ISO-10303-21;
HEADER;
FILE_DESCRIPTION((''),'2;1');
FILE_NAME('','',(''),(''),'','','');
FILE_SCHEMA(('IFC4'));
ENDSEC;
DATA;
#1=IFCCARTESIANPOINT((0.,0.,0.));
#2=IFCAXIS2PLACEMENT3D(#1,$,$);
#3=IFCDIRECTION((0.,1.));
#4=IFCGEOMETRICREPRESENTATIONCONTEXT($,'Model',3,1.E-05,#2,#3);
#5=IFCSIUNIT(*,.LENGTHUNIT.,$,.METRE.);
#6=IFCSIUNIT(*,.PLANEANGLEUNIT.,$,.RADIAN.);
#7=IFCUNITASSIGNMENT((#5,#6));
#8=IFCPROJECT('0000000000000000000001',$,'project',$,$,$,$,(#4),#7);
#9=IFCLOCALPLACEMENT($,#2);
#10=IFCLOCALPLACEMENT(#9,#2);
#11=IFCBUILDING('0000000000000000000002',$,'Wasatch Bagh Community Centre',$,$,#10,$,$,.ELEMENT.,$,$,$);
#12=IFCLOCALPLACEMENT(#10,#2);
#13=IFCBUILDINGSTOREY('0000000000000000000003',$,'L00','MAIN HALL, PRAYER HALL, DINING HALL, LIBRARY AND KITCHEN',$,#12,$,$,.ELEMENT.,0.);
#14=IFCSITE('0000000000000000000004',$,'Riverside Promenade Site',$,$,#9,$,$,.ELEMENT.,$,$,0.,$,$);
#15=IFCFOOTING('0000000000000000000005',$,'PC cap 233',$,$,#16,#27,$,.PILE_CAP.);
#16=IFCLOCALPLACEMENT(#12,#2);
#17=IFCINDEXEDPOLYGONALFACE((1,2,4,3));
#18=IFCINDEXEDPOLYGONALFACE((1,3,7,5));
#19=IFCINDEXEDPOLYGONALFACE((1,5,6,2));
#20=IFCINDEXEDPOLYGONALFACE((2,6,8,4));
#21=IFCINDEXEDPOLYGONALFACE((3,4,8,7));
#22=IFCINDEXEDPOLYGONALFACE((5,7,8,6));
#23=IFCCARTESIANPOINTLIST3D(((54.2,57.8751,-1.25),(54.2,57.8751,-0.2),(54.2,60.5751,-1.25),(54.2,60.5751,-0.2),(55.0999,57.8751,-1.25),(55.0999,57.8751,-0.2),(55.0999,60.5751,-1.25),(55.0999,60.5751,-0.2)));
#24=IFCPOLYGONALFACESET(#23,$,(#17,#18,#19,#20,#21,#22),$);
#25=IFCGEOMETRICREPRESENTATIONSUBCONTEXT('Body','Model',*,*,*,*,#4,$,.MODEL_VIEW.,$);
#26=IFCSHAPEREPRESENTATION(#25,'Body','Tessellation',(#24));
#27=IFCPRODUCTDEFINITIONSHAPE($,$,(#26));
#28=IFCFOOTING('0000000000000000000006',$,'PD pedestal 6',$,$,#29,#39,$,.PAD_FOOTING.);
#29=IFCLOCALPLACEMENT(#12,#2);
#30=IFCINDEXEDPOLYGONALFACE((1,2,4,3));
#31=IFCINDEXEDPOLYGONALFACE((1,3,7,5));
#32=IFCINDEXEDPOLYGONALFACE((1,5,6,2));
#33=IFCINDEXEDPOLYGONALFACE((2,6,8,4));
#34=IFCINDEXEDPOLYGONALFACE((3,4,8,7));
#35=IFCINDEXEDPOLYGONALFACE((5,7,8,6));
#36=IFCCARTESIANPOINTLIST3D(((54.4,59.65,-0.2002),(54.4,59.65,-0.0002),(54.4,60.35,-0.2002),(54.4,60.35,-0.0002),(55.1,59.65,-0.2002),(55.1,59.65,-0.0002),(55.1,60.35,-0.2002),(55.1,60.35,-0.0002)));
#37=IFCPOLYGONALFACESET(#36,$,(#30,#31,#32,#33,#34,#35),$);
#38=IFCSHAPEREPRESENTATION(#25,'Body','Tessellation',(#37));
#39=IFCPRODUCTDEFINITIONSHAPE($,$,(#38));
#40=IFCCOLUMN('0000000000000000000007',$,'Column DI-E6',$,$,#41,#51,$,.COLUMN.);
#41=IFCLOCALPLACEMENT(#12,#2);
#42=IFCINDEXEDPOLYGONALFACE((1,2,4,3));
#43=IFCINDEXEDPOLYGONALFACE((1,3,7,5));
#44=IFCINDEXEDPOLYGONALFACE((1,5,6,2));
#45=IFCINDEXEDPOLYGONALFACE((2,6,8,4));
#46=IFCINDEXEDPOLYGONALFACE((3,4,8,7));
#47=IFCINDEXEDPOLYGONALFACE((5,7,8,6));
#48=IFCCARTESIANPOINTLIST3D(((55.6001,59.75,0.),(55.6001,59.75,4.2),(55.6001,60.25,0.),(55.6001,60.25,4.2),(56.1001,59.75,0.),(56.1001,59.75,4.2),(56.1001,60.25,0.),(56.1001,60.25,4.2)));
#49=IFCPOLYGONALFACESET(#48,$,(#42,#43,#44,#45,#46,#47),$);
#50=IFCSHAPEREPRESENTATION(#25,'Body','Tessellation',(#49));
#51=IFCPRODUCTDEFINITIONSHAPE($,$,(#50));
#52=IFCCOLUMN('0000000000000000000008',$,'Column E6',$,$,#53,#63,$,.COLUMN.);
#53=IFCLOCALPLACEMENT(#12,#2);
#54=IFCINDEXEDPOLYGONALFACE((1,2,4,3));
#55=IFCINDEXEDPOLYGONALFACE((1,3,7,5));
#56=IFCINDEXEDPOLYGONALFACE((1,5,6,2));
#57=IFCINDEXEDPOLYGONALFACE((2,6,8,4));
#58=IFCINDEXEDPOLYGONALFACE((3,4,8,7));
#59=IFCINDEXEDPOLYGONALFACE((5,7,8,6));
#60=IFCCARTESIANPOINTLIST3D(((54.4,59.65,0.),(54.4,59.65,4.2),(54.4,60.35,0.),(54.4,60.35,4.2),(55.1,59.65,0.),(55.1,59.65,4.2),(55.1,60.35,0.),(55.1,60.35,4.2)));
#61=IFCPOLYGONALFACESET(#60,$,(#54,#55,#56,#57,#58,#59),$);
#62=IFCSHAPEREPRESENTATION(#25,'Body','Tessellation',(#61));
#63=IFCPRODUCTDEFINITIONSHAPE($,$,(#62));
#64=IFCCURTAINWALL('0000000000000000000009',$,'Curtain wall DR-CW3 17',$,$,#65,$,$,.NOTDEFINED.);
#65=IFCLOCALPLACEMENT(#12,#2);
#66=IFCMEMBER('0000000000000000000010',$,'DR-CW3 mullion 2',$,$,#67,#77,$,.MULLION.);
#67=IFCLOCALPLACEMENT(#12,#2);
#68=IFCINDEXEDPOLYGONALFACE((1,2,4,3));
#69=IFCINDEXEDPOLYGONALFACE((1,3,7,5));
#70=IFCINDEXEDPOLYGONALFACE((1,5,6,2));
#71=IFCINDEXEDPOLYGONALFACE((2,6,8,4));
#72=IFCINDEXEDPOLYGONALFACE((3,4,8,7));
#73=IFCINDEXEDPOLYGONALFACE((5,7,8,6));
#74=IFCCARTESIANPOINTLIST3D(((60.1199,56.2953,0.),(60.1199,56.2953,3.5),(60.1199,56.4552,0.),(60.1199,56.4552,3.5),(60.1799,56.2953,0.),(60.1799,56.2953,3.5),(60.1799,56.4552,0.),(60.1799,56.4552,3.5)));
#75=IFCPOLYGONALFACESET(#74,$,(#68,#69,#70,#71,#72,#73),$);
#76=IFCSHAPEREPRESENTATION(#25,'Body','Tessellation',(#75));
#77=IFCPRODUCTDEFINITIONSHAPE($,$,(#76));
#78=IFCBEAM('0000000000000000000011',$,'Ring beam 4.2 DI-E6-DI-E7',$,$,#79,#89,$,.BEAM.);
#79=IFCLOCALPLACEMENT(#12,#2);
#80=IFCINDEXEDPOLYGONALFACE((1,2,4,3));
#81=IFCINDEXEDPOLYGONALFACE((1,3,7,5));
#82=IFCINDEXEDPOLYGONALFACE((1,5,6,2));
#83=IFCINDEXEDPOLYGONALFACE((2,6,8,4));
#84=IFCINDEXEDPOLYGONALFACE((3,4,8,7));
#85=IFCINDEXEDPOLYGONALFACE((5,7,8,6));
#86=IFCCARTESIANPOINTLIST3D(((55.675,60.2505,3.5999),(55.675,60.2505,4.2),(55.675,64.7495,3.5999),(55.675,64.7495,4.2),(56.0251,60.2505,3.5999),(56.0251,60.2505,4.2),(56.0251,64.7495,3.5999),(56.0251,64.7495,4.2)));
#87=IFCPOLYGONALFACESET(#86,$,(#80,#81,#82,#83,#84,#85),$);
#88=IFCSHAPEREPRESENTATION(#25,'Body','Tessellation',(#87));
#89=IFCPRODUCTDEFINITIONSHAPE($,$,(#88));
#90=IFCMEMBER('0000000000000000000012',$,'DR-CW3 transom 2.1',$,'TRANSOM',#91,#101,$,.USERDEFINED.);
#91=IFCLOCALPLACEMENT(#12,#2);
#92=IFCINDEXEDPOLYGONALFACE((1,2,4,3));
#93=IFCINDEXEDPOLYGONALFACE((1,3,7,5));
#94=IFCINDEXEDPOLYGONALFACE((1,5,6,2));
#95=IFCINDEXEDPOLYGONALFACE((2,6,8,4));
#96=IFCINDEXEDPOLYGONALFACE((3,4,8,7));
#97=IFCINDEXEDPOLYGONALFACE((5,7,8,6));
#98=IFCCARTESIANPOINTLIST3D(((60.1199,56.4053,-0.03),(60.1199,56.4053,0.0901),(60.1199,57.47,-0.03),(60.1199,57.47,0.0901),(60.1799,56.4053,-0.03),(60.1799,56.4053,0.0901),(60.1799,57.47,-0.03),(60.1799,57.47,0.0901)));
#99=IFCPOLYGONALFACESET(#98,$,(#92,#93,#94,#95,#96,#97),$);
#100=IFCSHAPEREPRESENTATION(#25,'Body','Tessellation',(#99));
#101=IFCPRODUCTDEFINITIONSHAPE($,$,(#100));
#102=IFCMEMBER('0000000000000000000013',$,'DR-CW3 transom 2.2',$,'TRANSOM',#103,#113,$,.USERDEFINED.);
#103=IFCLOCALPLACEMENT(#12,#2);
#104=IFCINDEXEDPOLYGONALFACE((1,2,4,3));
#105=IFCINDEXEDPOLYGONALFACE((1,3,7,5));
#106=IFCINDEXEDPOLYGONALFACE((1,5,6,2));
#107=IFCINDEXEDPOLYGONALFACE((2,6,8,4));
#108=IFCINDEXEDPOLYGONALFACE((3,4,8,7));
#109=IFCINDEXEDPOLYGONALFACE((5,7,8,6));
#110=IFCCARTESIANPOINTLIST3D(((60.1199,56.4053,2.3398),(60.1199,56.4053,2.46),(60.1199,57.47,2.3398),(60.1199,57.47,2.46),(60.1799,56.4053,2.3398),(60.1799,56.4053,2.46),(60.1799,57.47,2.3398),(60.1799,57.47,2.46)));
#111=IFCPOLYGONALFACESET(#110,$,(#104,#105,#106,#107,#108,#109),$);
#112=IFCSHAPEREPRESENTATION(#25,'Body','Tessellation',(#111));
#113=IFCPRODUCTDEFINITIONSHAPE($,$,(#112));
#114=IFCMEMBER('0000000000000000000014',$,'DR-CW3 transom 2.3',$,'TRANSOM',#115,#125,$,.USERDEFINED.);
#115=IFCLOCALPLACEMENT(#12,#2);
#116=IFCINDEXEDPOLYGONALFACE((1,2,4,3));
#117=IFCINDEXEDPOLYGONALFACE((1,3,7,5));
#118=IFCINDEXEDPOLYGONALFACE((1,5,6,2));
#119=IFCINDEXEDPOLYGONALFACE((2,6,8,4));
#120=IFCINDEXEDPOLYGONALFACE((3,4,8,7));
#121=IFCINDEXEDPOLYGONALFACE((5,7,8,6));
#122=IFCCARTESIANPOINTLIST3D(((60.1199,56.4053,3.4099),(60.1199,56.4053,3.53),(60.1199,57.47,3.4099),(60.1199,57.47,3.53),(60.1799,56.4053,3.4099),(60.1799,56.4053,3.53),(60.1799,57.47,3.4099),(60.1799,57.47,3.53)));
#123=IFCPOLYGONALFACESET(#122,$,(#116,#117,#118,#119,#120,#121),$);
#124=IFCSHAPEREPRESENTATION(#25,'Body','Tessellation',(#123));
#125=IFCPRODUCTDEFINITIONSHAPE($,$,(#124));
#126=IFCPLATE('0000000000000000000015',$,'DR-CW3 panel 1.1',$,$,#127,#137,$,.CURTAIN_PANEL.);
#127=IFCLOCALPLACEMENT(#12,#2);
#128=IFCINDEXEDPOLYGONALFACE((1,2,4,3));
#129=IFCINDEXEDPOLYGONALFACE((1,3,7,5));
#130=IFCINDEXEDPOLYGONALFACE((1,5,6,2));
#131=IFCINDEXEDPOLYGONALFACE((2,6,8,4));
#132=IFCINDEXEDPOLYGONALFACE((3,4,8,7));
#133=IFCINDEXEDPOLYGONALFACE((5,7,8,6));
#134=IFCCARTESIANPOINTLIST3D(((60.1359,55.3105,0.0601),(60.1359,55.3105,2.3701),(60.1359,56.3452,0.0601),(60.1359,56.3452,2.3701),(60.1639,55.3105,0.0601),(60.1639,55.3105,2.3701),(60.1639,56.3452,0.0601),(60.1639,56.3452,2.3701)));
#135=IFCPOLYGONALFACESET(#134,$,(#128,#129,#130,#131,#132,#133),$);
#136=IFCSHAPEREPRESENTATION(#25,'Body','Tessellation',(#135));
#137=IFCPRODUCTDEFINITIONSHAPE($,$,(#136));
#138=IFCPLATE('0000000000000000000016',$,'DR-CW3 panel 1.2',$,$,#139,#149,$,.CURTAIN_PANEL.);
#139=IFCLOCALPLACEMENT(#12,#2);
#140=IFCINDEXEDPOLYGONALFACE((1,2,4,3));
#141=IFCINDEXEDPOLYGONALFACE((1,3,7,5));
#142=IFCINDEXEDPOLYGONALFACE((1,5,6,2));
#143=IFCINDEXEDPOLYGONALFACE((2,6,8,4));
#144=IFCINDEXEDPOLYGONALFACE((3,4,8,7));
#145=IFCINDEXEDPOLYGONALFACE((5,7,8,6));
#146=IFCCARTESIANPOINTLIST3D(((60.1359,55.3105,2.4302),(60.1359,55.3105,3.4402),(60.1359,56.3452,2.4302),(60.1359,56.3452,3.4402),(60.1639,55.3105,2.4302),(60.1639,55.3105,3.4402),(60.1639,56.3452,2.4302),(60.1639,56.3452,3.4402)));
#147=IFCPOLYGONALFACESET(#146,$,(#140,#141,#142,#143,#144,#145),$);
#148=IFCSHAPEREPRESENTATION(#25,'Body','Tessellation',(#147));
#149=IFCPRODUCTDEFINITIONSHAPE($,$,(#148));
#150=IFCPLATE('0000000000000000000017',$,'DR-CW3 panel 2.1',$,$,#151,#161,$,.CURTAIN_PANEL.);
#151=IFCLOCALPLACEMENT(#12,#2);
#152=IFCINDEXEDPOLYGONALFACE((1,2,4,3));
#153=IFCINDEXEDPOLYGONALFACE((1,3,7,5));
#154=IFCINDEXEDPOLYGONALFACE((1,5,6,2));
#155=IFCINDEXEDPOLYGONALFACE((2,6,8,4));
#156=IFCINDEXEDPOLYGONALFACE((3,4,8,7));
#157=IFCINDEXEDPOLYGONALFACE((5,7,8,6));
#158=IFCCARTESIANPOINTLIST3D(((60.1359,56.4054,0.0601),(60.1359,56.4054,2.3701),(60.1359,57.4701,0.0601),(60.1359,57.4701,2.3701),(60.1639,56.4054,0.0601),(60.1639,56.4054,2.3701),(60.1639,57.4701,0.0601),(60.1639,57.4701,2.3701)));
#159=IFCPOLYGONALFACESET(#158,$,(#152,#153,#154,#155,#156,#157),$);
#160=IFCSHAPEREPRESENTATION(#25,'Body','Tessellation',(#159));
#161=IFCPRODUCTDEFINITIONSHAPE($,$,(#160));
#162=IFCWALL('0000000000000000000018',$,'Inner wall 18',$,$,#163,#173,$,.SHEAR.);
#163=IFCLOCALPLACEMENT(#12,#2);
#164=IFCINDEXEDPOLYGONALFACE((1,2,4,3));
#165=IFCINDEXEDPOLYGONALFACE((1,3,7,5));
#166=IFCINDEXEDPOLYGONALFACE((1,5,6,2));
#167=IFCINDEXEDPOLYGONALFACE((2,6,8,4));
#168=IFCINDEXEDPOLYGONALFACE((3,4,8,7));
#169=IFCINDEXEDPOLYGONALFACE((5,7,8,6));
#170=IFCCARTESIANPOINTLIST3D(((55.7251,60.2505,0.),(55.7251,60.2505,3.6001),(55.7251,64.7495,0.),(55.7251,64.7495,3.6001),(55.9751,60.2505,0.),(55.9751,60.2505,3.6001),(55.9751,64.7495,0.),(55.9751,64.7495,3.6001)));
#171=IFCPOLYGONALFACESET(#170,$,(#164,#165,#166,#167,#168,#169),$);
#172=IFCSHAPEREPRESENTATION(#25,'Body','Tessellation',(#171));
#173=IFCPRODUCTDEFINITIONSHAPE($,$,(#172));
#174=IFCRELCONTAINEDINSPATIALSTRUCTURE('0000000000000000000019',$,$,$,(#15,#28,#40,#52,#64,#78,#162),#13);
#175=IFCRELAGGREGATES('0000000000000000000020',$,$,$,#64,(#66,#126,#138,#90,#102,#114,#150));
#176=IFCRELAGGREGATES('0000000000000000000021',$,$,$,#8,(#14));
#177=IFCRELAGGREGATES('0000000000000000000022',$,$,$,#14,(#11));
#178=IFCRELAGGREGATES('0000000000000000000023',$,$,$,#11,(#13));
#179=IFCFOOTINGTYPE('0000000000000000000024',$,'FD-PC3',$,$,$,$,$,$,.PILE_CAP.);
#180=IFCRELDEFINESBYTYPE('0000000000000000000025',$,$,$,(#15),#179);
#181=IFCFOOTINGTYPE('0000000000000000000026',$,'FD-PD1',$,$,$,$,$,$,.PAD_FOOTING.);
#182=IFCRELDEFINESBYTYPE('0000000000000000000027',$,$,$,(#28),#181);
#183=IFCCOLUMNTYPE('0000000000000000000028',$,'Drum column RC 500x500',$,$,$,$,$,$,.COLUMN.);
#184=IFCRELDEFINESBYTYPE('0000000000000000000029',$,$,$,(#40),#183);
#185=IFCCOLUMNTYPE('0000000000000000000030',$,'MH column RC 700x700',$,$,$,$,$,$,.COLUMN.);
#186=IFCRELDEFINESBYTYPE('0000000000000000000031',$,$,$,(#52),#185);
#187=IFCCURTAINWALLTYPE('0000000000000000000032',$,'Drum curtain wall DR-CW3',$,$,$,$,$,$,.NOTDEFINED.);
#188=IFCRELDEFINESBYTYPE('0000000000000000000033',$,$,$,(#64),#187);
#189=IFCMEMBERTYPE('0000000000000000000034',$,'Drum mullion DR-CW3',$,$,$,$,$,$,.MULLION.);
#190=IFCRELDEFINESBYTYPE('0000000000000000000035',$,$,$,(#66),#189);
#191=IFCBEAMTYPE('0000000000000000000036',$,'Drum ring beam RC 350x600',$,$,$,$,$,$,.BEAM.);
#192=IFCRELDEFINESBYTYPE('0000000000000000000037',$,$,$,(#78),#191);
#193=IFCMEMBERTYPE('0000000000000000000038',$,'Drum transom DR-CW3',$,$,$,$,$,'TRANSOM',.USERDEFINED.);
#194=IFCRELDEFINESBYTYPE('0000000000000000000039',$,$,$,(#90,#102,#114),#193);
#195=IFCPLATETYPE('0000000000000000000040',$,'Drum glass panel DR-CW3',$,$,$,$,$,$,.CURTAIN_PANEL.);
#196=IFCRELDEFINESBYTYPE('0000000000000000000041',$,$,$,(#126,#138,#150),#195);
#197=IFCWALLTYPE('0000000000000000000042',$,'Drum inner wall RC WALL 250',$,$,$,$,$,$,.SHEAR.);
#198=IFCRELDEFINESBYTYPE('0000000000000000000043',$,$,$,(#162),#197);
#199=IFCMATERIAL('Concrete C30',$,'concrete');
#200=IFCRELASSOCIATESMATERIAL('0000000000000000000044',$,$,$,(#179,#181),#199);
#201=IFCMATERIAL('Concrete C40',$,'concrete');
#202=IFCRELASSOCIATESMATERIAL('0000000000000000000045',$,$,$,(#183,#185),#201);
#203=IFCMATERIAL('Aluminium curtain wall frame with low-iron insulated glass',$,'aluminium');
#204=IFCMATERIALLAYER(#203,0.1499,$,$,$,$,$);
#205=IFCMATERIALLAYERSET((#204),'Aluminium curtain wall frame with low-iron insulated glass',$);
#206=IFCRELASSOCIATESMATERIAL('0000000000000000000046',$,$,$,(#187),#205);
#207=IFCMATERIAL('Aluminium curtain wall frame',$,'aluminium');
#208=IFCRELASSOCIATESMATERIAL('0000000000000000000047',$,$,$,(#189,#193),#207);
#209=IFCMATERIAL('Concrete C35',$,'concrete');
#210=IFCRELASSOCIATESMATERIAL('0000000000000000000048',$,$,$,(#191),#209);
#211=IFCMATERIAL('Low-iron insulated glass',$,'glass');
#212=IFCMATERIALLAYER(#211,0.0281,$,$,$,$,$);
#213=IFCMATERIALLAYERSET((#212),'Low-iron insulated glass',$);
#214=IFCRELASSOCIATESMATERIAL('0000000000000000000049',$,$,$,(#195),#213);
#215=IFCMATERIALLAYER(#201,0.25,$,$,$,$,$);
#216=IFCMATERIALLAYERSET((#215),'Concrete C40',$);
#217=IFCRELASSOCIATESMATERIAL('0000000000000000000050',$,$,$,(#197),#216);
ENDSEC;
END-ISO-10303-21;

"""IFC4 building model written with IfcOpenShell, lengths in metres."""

from ifc_helpers import new_model, si_unit, direction, frame, frame_2d, origin, origin_2d, place, context, subcontext, project, spatial, rectangle, extrude, material, layer, layer_set, material_profile, profile_set, type_object, element, aggregate, save


model = new_model("IFC4")

# Units and contexts
model_context = context("Model", 3, precision=1e-05, world=origin(), true_north=direction((0.0, 1.0)))
body_context = subcontext(model_context, "Body", "Model", "MODEL_VIEW")
ifc_project = project(units=[si_unit("LENGTHUNIT", "METRE"), si_unit("PLANEANGLEUNIT", "RADIAN")], contexts=[model_context])

# Site, building, storey
site_placement = place(None, origin())
site = spatial("IfcSite", under=ifc_project, at=site_placement, Name="Riverside Promenade Site", CompositionType="ELEMENT", RefElevation=0.0)
building_placement = place(site_placement, origin())
building = spatial("IfcBuilding", under=site, at=building_placement, Name="Wasatch Bagh Community Centre", CompositionType="ELEMENT")
storey_placement = place(building_placement, origin())
storey = spatial("IfcBuildingStorey", under=building, at=storey_placement, Name="L00", Description="MAIN HALL, PRAYER HALL, DINING HALL, LIBRARY AND KITCHEN", CompositionType="ELEMENT", Elevation=0.0)

# Shared definitions
ifc_material_1 = material(Name="Concrete C35", Category="concrete")

# Shared definitions
ifc_material_2 = material(Name="Concrete C30", Category="concrete")

# Footings
footing_type_1 = type_object("IfcFootingType", Name="FD-PC3", PredefinedType="PILE_CAP", material=ifc_material_2)
footing_1_placement = place(storey_placement, frame((54.6499, 59.2251, -1.25), z_axis=(0.0, 0.0, 1.0), x_axis=(0.0, 1.0, 0.0)))
element("IfcFooting", 1, at=footing_1_placement, inside=storey, type_object=footing_type_1, Name="PC cap 233", PredefinedType="PILE_CAP", context=body_context, shape_type="SweptSolid", body=[
    extrude(rectangle(XDim=2.7, YDim=0.8999, at=origin_2d()), origin(), (0.0, 0.0, 1.0), 1.05),
])
footing_type_2 = type_object("IfcFootingType", Name="FD-PD1", PredefinedType="PAD_FOOTING", material=ifc_material_2)
footing_2_placement = place(storey_placement, frame((54.75, 60.0, -0.2002), z_axis=(0.0, 0.0, 1.0), x_axis=(1.0, 0.0, 0.0)))
element("IfcFooting", 2, at=footing_2_placement, inside=storey, type_object=footing_type_2, Name="PD pedestal 6", PredefinedType="PAD_FOOTING", context=body_context, shape_type="SweptSolid", body=[
    extrude(rectangle(XDim=0.7, YDim=0.7, at=origin_2d()), origin(), (0.0, 0.0, 1.0), 0.2),
])

# Columns
ifc_material_3 = material(Name="Concrete C40", Category="concrete")
ifc_material_profile_1 = material_profile(ifc_material_3, rectangle(XDim=0.5, YDim=0.5, at=origin_2d()), Name="RC 500x500")
ifc_profile_set_1 = profile_set([ifc_material_profile_1], Name="Concrete C40")
column_type_1 = type_object("IfcColumnType", Name="Drum column RC 500x500", PredefinedType="COLUMN", material=ifc_profile_set_1)
column_1_placement = place(storey_placement, frame((55.8501, 60.0, 0.0), z_axis=(0.0, 0.0, 1.0), x_axis=(1.0, 0.0, 0.0)))
element("IfcColumn", 3, at=column_1_placement, inside=storey, type_object=column_type_1, Name="Column DI-E6", PredefinedType="COLUMN", context=body_context, shape_type="SweptSolid", body=[
    extrude(rectangle(XDim=0.5, YDim=0.5, at=origin_2d()), origin(), (0.0, 0.0, 1.0), 4.2),
])
ifc_material_profile_2 = material_profile(ifc_material_3, rectangle(XDim=0.7, YDim=0.7, at=origin_2d()), Name="RC 700x700")
ifc_profile_set_2 = profile_set([ifc_material_profile_2], Name="Concrete C40")
column_type_2 = type_object("IfcColumnType", Name="MH column RC 700x700", PredefinedType="COLUMN", material=ifc_profile_set_2)
column_2_placement = place(storey_placement, frame((54.75, 60.0, 0.0), z_axis=(0.0, 0.0, 1.0), x_axis=(1.0, 0.0, 0.0)))
element("IfcColumn", 4, at=column_2_placement, inside=storey, type_object=column_type_2, Name="Column E6", PredefinedType="COLUMN", context=body_context, shape_type="SweptSolid", body=[
    extrude(rectangle(XDim=0.7, YDim=0.7, at=origin_2d()), origin(), (0.0, 0.0, 1.0), 4.2),
])

# Curtain wall, member
ifc_material_4 = material(Name="Aluminium curtain wall frame with low-iron insulated glass", Category="aluminium")
ifc_layer_1 = layer(ifc_material_4, 0.1499)
ifc_layer_set_1 = layer_set([ifc_layer_1], Name="Aluminium curtain wall frame with low-iron insulated glass")
curtain_wall_type = type_object("IfcCurtainWallType", Name="Drum curtain wall DR-CW3", PredefinedType="NOTDEFINED", material=ifc_layer_set_1)
curtain_wall_placement = place(storey_placement, origin())
curtain_wall = element("IfcCurtainWall", 5, at=curtain_wall_placement, inside=storey, type_object=curtain_wall_type, Name="Curtain wall DR-CW3 17", PredefinedType="NOTDEFINED")
ifc_material_5 = material(Name="Aluminium curtain wall frame", Category="aluminium")
ifc_material_profile_3 = material_profile(ifc_material_5, rectangle(XDim=0.0601, YDim=0.1599, at=origin_2d()), Name="Drum mullion DR-CW3")
ifc_profile_set_3 = profile_set([ifc_material_profile_3], Name="Aluminium curtain wall frame")
member_type_1 = type_object("IfcMemberType", Name="Drum mullion DR-CW3", PredefinedType="MULLION", material=ifc_profile_set_3)
member_1_placement = place(storey_placement, frame((60.1499, 56.3752, 0.0), z_axis=(0.0, 0.0, 1.0), x_axis=(-1.0, 0.0, 0.0)))
member_1 = element("IfcMember", 6, at=member_1_placement, type_object=member_type_1, Name="DR-CW3 mullion 2", PredefinedType="MULLION", context=body_context, shape_type="SweptSolid", body=[
    extrude(rectangle(XDim=0.0601, YDim=0.1599, at=origin_2d()), origin(), (0.0, 0.0, 1.0), 3.5),
])

# Beam
ifc_material_profile_4 = material_profile(ifc_material_1, rectangle(XDim=0.3501, YDim=0.6001, at=origin_2d()), Name="RC 350x600")
ifc_profile_set_4 = profile_set([ifc_material_profile_4], Name="Concrete C35")
beam_type = type_object("IfcBeamType", Name="Drum ring beam RC 350x600", PredefinedType="BEAM", material=ifc_profile_set_4)
beam_placement = place(storey_placement, frame((55.8501, 60.2505, 3.8999), z_axis=(0.0, 1.0, 0.0), x_axis=(-1.0, 0.0, 0.0)))
element("IfcBeam", 7, at=beam_placement, inside=storey, type_object=beam_type, Name="Ring beam 4.2 DI-E6-DI-E7", PredefinedType="BEAM", context=body_context, shape_type="SweptSolid", body=[
    extrude(rectangle(XDim=0.3501, YDim=0.6001, at=origin_2d()), origin(), (0.0, 0.0, 1.0), 4.499),
])

# Members
ifc_material_profile_5 = material_profile(ifc_material_5, rectangle(XDim=0.0601, YDim=0.1201, at=origin_2d()), Name="Drum transom DR-CW3")
ifc_profile_set_5 = profile_set([ifc_material_profile_5], Name="Aluminium curtain wall frame")
member_type_2 = type_object("IfcMemberType", Name="Drum transom DR-CW3", ElementType="TRANSOM", PredefinedType="USERDEFINED", material=ifc_profile_set_5)
member_2_placement = place(storey_placement, frame((60.1499, 56.4053, 0.03), z_axis=(0.0, 1.0, 0.0), x_axis=(-1.0, 0.0, 0.0)))
member_2 = element("IfcMember", 8, at=member_2_placement, type_object=member_type_2, Name="DR-CW3 transom 2.1", ObjectType="TRANSOM", PredefinedType="USERDEFINED", context=body_context, shape_type="SweptSolid", body=[
    extrude(rectangle(XDim=0.0601, YDim=0.1201, at=origin_2d()), origin(), (0.0, 0.0, 1.0), 1.0647),
])
member_3_placement = place(storey_placement, frame((60.1499, 56.4053, 2.3999), z_axis=(0.0, 1.0, 0.0), x_axis=(-1.0, 0.0, 0.0)))
member_3 = element("IfcMember", 9, at=member_3_placement, type_object=member_type_2, Name="DR-CW3 transom 2.2", ObjectType="TRANSOM", PredefinedType="USERDEFINED", context=body_context, shape_type="SweptSolid", body=[
    extrude(rectangle(XDim=0.0601, YDim=0.1201, at=origin_2d()), origin(), (0.0, 0.0, 1.0), 1.0647),
])
member_4_placement = place(storey_placement, frame((60.1499, 56.4053, 3.47), z_axis=(0.0, 1.0, 0.0), x_axis=(-1.0, 0.0, 0.0)))
member_4 = element("IfcMember", 10, at=member_4_placement, type_object=member_type_2, Name="DR-CW3 transom 2.3", ObjectType="TRANSOM", PredefinedType="USERDEFINED", context=body_context, shape_type="SweptSolid", body=[
    extrude(rectangle(XDim=0.0601, YDim=0.1201, at=origin_2d()), origin(), (0.0, 0.0, 1.0), 1.0647),
])

# Plates
ifc_material_6 = material(Name="Low-iron insulated glass", Category="glass")
ifc_layer_2 = layer(ifc_material_6, 0.0281)
ifc_layer_set_2 = layer_set([ifc_layer_2], Name="Low-iron insulated glass")
plate_type = type_object("IfcPlateType", Name="Drum glass panel DR-CW3", PredefinedType="CURTAIN_PANEL", material=ifc_layer_set_2)
plate_1_placement = place(storey_placement, frame((60.1499, 55.8279, 0.0601), z_axis=(0.0, 0.0, 1.0), x_axis=(0.0, 1.0, 0.0)))
plate_1 = element("IfcPlate", 11, at=plate_1_placement, type_object=plate_type, Name="DR-CW3 panel 1.1", PredefinedType="CURTAIN_PANEL", context=body_context, shape_type="SweptSolid", body=[
    extrude(rectangle(XDim=1.0347, YDim=0.0281, at=origin_2d()), origin(), (0.0, 0.0, 1.0), 2.3101),
])
plate_2_placement = place(storey_placement, frame((60.1499, 55.8279, 2.4302), z_axis=(0.0, 0.0, 1.0), x_axis=(0.0, 1.0, 0.0)))
plate_2 = element("IfcPlate", 12, at=plate_2_placement, type_object=plate_type, Name="DR-CW3 panel 1.2", PredefinedType="CURTAIN_PANEL", context=body_context, shape_type="SweptSolid", body=[
    extrude(rectangle(XDim=1.0347, YDim=0.0281, at=origin_2d()), origin(), (0.0, 0.0, 1.0), 1.01),
])
plate_3_placement = place(storey_placement, frame((60.1499, 56.9377, 0.0601), z_axis=(0.0, 0.0, 1.0), x_axis=(0.0, 1.0, 0.0)))
plate_3 = element("IfcPlate", 13, at=plate_3_placement, type_object=plate_type, Name="DR-CW3 panel 2.1", PredefinedType="CURTAIN_PANEL", context=body_context, shape_type="SweptSolid", body=[
    extrude(rectangle(XDim=1.0647, YDim=0.0281, at=origin_2d()), origin(), (0.0, 0.0, 1.0), 2.3101),
])
aggregate(curtain_wall, [member_1, plate_1, plate_2, member_2, member_3, member_4, plate_3])

# Wall
ifc_layer_3 = layer(ifc_material_3, 0.25)
ifc_layer_set_3 = layer_set([ifc_layer_3], Name="Concrete C40")
wall_type = type_object("IfcWallType", Name="Drum inner wall RC WALL 250", PredefinedType="SHEAR", material=ifc_layer_set_3)
wall_placement = place(storey_placement, frame((55.8501, 60.2505, 0.0), z_axis=(0.0, 0.0, 1.0), x_axis=(0.0, 1.0, 0.0)))
element("IfcWall", 14, at=wall_placement, inside=storey, type_object=wall_type, Name="Inner wall 18", PredefinedType="SHEAR", context=body_context, shape_type="SweptSolid", body=[
    extrude(rectangle(XDim=4.499, YDim=0.25, at=frame_2d((2.2495, 0.0))), origin(), (0.0, 0.0, 1.0), 3.6001),
])

save(model, "model.ifc")
